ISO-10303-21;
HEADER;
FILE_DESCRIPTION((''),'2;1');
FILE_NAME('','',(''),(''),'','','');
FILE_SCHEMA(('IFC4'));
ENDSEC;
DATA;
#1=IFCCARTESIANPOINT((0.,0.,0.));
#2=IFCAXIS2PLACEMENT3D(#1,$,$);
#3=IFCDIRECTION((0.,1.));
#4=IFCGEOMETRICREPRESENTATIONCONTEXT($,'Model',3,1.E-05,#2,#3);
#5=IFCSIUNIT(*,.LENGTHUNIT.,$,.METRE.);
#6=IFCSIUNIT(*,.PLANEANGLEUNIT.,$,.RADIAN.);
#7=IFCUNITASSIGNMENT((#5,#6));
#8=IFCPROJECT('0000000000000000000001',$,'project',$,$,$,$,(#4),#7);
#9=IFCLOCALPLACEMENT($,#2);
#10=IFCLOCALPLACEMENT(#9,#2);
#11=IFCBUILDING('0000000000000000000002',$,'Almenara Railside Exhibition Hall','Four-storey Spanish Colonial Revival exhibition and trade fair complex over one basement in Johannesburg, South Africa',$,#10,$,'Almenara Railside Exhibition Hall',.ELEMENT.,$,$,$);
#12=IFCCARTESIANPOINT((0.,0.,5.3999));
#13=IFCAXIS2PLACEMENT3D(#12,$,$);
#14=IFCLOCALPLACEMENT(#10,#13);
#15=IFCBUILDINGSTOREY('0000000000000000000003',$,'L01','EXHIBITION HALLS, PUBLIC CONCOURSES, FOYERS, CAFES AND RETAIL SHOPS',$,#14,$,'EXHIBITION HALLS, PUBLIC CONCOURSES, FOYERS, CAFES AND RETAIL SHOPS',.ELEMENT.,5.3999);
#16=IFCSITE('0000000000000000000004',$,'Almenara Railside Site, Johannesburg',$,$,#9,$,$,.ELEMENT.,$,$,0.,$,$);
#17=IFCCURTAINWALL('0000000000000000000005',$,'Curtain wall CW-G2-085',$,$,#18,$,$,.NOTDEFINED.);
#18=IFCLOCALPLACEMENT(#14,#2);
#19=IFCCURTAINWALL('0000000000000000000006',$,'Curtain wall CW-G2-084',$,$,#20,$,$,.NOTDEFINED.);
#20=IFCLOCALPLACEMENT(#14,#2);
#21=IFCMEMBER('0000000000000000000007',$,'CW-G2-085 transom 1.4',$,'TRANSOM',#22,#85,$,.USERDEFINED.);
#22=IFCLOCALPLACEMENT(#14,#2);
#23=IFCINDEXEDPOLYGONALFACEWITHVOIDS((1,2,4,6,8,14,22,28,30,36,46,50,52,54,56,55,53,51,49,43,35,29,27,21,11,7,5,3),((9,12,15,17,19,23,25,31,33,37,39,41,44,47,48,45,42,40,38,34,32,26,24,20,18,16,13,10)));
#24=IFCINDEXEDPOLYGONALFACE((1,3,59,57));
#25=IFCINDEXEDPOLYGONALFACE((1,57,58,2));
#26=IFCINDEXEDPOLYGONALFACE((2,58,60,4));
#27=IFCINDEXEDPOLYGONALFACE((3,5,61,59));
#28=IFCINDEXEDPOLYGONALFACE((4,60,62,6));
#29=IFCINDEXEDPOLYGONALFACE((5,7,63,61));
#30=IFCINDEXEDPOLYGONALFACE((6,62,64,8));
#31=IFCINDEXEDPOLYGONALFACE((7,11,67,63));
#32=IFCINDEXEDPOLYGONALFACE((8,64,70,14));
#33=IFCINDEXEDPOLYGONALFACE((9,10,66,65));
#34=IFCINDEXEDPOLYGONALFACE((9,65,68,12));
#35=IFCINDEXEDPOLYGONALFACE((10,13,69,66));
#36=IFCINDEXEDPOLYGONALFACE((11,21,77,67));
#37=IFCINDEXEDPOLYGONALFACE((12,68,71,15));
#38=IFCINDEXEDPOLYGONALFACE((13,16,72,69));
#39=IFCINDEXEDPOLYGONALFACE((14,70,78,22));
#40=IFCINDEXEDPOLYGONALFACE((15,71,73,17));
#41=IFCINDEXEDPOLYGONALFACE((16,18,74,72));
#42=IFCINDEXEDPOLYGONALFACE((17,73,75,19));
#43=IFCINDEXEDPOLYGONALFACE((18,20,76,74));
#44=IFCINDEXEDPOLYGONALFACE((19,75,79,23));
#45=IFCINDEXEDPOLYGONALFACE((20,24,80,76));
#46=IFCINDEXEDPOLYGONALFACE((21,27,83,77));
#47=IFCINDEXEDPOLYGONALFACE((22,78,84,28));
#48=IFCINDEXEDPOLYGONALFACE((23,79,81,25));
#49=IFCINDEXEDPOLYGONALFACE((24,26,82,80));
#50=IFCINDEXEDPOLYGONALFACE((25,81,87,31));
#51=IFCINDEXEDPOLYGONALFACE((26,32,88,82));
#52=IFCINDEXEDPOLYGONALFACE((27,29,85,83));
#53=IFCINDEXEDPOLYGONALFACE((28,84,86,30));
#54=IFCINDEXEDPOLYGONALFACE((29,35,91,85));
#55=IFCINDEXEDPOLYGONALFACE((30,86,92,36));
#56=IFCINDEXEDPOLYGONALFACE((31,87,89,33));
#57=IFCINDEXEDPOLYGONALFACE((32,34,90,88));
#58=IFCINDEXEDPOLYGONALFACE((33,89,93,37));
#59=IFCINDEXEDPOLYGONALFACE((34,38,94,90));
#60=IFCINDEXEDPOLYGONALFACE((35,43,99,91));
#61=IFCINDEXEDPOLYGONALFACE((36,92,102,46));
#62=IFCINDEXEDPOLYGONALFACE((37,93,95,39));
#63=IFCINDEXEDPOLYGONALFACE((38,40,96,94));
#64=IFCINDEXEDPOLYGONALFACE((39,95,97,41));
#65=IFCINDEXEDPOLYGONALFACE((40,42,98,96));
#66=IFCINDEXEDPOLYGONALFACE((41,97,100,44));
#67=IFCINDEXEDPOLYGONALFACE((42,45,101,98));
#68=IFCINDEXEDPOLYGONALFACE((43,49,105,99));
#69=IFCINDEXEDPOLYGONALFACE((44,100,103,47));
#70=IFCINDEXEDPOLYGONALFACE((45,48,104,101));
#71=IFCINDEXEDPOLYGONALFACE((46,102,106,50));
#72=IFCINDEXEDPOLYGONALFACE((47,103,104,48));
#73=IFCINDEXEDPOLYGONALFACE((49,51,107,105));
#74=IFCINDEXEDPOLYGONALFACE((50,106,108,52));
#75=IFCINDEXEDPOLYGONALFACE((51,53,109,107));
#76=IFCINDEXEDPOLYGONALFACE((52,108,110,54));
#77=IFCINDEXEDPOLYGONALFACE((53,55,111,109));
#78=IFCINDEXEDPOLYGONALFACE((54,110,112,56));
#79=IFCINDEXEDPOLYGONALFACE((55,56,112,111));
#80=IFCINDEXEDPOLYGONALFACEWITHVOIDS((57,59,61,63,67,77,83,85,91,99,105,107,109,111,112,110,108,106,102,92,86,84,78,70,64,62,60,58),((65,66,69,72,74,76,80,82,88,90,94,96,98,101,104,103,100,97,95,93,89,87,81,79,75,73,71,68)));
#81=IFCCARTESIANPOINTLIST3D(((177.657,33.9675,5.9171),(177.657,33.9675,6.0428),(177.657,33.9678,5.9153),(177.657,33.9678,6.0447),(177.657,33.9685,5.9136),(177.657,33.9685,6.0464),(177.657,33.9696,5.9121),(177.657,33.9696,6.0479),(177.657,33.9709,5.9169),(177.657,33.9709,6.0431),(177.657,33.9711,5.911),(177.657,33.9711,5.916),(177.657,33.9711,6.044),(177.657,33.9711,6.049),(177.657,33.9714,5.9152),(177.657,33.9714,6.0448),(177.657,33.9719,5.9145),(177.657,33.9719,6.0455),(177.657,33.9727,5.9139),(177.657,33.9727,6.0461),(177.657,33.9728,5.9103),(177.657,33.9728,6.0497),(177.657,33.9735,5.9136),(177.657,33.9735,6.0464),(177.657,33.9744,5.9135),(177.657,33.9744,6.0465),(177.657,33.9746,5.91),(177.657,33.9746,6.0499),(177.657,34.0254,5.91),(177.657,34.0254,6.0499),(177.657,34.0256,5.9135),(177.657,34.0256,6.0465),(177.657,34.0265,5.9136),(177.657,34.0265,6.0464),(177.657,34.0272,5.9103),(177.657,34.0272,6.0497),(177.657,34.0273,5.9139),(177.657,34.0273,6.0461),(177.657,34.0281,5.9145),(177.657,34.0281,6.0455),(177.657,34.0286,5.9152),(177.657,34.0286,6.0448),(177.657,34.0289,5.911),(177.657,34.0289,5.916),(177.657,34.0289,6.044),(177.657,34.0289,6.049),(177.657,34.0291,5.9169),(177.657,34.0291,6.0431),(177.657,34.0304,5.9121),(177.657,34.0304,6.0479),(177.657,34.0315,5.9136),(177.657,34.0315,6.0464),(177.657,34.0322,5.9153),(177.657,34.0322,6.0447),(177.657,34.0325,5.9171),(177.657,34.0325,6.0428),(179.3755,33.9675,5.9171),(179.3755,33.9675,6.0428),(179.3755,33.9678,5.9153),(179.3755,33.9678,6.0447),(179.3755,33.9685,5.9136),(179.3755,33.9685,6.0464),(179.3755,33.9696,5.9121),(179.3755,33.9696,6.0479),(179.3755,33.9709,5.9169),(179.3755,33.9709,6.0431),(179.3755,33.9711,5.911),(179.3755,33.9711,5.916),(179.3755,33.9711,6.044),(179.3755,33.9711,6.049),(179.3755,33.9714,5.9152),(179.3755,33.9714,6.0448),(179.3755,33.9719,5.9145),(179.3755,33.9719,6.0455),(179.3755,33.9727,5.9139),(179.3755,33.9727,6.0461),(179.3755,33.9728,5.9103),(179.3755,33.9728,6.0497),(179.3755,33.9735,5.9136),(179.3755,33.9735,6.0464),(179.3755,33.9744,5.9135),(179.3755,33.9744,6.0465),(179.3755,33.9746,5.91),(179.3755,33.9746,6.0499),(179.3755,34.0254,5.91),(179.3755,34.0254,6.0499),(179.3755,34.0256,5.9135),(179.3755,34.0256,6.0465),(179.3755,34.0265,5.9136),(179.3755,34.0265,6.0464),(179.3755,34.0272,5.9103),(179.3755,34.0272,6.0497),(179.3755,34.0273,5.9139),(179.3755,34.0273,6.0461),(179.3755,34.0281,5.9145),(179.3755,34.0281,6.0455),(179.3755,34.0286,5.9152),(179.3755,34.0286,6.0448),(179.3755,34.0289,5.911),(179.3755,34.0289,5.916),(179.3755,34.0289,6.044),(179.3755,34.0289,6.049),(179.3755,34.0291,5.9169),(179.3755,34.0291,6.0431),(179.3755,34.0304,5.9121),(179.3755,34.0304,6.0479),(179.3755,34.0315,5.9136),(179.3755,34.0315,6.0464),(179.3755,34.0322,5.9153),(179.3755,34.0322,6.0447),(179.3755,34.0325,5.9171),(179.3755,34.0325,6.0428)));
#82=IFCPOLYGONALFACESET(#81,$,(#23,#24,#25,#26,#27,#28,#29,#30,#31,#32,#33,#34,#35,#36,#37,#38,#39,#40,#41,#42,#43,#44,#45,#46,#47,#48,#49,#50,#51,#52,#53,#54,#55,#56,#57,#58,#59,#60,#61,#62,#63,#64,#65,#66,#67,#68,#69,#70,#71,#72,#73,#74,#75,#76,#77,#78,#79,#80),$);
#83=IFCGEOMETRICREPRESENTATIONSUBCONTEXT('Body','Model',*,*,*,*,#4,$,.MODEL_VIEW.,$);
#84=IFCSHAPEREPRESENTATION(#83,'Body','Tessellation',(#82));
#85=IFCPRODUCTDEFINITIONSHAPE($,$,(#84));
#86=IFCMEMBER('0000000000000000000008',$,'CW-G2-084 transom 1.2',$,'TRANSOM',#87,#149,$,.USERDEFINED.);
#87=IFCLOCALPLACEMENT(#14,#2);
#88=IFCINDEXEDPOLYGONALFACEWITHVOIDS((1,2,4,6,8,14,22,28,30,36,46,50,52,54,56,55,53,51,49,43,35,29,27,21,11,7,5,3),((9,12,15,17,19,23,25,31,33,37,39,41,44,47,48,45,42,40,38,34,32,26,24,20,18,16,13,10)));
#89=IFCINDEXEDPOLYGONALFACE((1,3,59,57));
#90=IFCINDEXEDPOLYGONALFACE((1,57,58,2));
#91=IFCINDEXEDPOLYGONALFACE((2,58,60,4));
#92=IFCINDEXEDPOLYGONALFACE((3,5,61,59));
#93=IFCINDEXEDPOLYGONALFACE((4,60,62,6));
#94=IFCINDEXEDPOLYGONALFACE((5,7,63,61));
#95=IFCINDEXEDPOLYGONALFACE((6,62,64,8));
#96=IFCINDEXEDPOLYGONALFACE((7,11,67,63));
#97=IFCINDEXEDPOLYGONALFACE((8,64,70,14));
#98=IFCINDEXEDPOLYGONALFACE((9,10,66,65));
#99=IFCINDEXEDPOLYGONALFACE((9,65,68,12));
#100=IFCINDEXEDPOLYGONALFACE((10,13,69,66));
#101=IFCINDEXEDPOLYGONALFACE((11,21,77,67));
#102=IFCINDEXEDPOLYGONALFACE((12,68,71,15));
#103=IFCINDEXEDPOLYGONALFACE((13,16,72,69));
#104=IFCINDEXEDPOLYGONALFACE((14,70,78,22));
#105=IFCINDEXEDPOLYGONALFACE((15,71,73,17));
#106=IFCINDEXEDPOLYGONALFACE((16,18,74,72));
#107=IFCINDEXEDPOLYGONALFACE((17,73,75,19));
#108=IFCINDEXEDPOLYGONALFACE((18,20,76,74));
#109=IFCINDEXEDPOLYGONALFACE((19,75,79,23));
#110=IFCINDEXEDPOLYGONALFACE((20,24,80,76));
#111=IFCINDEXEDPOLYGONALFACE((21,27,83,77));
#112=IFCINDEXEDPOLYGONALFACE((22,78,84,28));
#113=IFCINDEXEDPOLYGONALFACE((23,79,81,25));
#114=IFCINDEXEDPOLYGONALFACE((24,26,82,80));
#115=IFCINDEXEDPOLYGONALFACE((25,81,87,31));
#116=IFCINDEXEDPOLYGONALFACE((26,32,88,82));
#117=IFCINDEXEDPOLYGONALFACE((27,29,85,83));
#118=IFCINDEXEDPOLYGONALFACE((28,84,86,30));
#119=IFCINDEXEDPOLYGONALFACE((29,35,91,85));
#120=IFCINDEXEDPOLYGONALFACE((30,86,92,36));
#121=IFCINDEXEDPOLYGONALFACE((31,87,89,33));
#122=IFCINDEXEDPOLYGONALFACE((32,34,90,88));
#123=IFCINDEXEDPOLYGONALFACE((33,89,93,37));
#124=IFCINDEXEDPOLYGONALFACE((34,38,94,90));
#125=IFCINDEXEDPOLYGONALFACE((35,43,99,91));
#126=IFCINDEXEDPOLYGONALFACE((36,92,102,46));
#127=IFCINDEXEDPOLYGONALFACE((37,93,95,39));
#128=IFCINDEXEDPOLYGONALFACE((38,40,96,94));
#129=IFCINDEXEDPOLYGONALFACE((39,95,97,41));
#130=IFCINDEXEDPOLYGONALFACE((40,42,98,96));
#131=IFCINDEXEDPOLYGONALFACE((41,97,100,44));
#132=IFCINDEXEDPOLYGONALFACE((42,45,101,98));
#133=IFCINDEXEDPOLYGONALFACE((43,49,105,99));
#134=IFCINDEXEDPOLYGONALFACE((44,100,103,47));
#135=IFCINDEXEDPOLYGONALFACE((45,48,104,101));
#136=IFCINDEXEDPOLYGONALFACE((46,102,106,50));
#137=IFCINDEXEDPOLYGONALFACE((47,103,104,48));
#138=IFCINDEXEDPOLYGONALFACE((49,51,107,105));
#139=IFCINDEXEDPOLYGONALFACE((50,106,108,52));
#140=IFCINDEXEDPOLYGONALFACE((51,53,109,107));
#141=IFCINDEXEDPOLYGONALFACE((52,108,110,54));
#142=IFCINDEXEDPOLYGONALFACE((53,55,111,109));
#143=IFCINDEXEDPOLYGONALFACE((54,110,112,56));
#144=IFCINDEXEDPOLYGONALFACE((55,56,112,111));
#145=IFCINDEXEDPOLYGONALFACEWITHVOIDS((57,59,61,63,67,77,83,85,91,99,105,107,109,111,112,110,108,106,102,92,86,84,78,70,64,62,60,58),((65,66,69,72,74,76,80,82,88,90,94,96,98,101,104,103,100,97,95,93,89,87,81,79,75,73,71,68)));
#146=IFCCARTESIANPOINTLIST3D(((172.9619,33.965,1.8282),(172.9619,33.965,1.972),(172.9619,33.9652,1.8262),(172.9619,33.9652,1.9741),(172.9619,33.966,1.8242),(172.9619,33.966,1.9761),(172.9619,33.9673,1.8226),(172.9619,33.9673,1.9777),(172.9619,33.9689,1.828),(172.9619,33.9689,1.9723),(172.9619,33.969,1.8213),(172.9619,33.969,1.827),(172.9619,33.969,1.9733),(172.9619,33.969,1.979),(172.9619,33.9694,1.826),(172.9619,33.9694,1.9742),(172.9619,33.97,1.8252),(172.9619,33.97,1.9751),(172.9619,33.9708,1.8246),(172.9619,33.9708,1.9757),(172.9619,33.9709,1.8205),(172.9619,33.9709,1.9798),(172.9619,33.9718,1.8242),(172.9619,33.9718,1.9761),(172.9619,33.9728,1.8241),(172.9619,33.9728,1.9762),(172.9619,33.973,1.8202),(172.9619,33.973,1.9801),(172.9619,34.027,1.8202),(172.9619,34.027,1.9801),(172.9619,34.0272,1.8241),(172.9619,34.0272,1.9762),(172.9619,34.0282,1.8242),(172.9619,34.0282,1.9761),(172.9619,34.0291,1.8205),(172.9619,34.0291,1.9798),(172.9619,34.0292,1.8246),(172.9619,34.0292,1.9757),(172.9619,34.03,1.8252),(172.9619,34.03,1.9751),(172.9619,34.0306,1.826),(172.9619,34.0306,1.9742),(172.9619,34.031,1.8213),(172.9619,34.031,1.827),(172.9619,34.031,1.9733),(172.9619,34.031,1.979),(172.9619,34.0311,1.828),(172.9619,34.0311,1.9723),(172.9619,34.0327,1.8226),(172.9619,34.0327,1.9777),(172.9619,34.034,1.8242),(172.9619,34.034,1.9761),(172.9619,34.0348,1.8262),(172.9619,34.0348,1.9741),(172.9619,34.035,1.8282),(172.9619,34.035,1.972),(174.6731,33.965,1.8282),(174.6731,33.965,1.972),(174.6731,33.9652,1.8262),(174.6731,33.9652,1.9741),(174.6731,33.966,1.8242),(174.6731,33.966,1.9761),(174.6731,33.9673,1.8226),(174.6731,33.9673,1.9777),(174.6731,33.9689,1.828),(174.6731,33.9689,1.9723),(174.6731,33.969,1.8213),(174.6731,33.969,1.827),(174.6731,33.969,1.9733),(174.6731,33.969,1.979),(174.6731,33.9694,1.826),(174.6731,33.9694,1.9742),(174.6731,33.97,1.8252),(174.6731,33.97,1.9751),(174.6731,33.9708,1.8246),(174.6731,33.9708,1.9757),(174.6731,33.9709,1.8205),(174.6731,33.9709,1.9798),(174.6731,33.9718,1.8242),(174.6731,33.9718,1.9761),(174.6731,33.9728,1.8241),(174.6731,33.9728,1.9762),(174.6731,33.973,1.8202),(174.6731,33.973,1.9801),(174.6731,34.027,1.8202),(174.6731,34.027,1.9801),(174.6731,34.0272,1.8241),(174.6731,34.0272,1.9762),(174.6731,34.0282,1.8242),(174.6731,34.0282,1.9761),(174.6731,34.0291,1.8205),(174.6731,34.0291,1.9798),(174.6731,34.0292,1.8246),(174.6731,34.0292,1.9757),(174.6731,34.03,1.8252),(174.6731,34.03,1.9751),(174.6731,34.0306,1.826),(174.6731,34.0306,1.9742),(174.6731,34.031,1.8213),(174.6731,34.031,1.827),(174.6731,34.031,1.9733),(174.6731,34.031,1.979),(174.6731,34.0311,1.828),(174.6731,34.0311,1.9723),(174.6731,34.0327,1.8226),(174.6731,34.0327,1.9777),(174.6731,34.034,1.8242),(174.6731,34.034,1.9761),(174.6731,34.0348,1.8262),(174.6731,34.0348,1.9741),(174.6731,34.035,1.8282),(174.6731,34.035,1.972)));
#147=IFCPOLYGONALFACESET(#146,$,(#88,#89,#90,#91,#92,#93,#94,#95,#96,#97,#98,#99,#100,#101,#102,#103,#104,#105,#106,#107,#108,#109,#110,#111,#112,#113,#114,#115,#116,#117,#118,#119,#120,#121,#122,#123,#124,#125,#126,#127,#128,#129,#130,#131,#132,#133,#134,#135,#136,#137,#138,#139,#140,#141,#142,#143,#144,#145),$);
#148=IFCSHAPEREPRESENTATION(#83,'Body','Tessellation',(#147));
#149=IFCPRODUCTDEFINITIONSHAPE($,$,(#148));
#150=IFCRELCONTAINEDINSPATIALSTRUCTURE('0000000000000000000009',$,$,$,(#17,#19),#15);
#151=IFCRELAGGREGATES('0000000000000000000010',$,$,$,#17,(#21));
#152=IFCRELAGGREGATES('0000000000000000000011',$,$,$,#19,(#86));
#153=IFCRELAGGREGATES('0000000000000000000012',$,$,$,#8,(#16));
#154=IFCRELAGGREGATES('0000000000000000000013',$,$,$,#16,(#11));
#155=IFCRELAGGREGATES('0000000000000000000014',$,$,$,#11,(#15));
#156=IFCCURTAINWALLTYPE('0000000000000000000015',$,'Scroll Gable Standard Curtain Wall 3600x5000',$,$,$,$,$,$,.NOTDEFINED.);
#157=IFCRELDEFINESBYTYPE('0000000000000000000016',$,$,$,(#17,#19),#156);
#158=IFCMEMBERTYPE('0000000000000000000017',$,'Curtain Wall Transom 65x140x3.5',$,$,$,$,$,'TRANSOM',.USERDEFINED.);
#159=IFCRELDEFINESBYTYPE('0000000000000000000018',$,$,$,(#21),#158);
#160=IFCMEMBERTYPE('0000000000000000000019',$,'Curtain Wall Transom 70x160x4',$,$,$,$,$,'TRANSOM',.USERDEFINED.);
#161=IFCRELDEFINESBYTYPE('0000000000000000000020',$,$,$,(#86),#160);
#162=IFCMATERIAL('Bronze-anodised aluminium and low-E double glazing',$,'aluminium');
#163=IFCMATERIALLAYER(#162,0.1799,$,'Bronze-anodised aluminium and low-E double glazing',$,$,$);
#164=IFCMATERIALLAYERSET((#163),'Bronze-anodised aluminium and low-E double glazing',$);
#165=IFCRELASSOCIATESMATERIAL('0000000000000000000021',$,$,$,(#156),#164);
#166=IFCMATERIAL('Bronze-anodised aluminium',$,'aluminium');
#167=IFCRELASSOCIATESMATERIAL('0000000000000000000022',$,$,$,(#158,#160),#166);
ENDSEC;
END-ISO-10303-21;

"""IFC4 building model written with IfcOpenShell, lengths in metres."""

from ifc_helpers import new_model, si_unit, direction, frame, origin, origin_2d, place, context, subcontext, project, spatial, hollow_rectangle, extrude, material, layer, layer_set, material_profile, profile_set, type_object, element, aggregate, save


model = new_model("IFC4")

# Units and contexts
model_context = context("Model", 3, precision=1e-05, world=origin(), true_north=direction((0.0, 1.0)))
body_context = subcontext(model_context, "Body", "Model", "MODEL_VIEW")
ifc_project = project(units=[si_unit("LENGTHUNIT", "METRE"), si_unit("PLANEANGLEUNIT", "RADIAN")], contexts=[model_context])

# Site, building, storey
site_placement = place(None, origin())
site = spatial("IfcSite", under=ifc_project, at=site_placement, Name="Almenara Railside Site, Johannesburg", CompositionType="ELEMENT", RefElevation=0.0)
building_placement = place(site_placement, origin())
building = spatial("IfcBuilding", under=site, at=building_placement, Name="Almenara Railside Exhibition Hall", Description="Four-storey Spanish Colonial Revival exhibition and trade fair complex over one basement in Johannesburg, South Africa", LongName="Almenara Railside Exhibition Hall", CompositionType="ELEMENT")
storey_placement = place(building_placement, frame((0.0, 0.0, 5.3999)))
storey = spatial("IfcBuildingStorey", under=building, at=storey_placement, Name="L01", Description="EXHIBITION HALLS, PUBLIC CONCOURSES, FOYERS, CAFES AND RETAIL SHOPS", LongName="EXHIBITION HALLS, PUBLIC CONCOURSES, FOYERS, CAFES AND RETAIL SHOPS", CompositionType="ELEMENT", Elevation=5.3999)

# Curtain wall
ifc_material_1 = material(Name="Bronze-anodised aluminium and low-E double glazing", Category="aluminium")
ifc_layer_1 = layer(ifc_material_1, 0.1799, Name="Bronze-anodised aluminium and low-E double glazing")
ifc_layer_set_1 = layer_set([ifc_layer_1], Name="Bronze-anodised aluminium and low-E double glazing")
curtain_wall_type = type_object("IfcCurtainWallType", Name="Scroll Gable Standard Curtain Wall 3600x5000", PredefinedType="NOTDEFINED", material=ifc_layer_set_1)
curtain_wall_1_placement = place(storey_placement, origin())
curtain_wall_1 = element("IfcCurtainWall", 1, at=curtain_wall_1_placement, inside=storey, type_object=curtain_wall_type, Name="Curtain wall CW-G2-085", PredefinedType="NOTDEFINED")
ifc_material_2 = material(Name="Bronze-anodised aluminium", Category="aluminium")

# Curtain wall
curtain_wall_2_placement = place(storey_placement, origin())
curtain_wall_2 = element("IfcCurtainWall", 2, at=curtain_wall_2_placement, inside=storey, type_object=curtain_wall_type, Name="Curtain wall CW-G2-084", PredefinedType="NOTDEFINED")

# Members
ifc_material_profile_1 = material_profile(ifc_material_2, hollow_rectangle(XDim=0.0649, YDim=0.1399, WallThickness=0.0034, InnerFilletRadius=0.0034, OuterFilletRadius=0.0071, at=origin_2d()), Name="ALU-TRN 65x140x3.5")
ifc_profile_set_1 = profile_set([ifc_material_profile_1], Name="Bronze-anodised aluminium")
member_type_1 = type_object("IfcMemberType", Name="Curtain Wall Transom 65x140x3.5", ElementType="TRANSOM", PredefinedType="USERDEFINED", material=ifc_profile_set_1)
member_1_placement = place(storey_placement, frame((177.657, 34.0, 5.98), z_axis=(1.0, 0.0, 0.0), x_axis=(0.0, 1.0, 0.0)))
member_1 = element("IfcMember", 3, at=member_1_placement, type_object=member_type_1, Name="CW-G2-085 transom 1.4", ObjectType="TRANSOM", PredefinedType="USERDEFINED", context=body_context, shape_type="SweptSolid", body=[
    extrude(hollow_rectangle(XDim=0.0649, YDim=0.1399, WallThickness=0.0034, InnerFilletRadius=0.0034, OuterFilletRadius=0.0071, at=origin_2d()), origin(), (0.0, 0.0, 1.0), 1.7185),
])
ifc_material_profile_2 = material_profile(ifc_material_2, hollow_rectangle(XDim=0.0701, YDim=0.1599, WallThickness=0.0039, InnerFilletRadius=0.0039, OuterFilletRadius=0.0081, at=origin_2d()), Name="ALU-TRN 70x160x4")
ifc_profile_set_2 = profile_set([ifc_material_profile_2], Name="Bronze-anodised aluminium")
member_type_2 = type_object("IfcMemberType", Name="Curtain Wall Transom 70x160x4", ElementType="TRANSOM", PredefinedType="USERDEFINED", material=ifc_profile_set_2)
member_2_placement = place(storey_placement, frame((172.9619, 34.0, 1.9001), z_axis=(1.0, 0.0, 0.0), x_axis=(0.0, 1.0, 0.0)))
member_2 = element("IfcMember", 4, at=member_2_placement, type_object=member_type_2, Name="CW-G2-084 transom 1.2", ObjectType="TRANSOM", PredefinedType="USERDEFINED", context=body_context, shape_type="SweptSolid", body=[
    extrude(hollow_rectangle(XDim=0.0701, YDim=0.1599, WallThickness=0.0039, InnerFilletRadius=0.0039, OuterFilletRadius=0.0081, at=origin_2d()), origin(), (0.0, 0.0, 1.0), 1.7112),
])

aggregate(curtain_wall_1, [member_1])
aggregate(curtain_wall_2, [member_2])

save(model, "model.ifc")
